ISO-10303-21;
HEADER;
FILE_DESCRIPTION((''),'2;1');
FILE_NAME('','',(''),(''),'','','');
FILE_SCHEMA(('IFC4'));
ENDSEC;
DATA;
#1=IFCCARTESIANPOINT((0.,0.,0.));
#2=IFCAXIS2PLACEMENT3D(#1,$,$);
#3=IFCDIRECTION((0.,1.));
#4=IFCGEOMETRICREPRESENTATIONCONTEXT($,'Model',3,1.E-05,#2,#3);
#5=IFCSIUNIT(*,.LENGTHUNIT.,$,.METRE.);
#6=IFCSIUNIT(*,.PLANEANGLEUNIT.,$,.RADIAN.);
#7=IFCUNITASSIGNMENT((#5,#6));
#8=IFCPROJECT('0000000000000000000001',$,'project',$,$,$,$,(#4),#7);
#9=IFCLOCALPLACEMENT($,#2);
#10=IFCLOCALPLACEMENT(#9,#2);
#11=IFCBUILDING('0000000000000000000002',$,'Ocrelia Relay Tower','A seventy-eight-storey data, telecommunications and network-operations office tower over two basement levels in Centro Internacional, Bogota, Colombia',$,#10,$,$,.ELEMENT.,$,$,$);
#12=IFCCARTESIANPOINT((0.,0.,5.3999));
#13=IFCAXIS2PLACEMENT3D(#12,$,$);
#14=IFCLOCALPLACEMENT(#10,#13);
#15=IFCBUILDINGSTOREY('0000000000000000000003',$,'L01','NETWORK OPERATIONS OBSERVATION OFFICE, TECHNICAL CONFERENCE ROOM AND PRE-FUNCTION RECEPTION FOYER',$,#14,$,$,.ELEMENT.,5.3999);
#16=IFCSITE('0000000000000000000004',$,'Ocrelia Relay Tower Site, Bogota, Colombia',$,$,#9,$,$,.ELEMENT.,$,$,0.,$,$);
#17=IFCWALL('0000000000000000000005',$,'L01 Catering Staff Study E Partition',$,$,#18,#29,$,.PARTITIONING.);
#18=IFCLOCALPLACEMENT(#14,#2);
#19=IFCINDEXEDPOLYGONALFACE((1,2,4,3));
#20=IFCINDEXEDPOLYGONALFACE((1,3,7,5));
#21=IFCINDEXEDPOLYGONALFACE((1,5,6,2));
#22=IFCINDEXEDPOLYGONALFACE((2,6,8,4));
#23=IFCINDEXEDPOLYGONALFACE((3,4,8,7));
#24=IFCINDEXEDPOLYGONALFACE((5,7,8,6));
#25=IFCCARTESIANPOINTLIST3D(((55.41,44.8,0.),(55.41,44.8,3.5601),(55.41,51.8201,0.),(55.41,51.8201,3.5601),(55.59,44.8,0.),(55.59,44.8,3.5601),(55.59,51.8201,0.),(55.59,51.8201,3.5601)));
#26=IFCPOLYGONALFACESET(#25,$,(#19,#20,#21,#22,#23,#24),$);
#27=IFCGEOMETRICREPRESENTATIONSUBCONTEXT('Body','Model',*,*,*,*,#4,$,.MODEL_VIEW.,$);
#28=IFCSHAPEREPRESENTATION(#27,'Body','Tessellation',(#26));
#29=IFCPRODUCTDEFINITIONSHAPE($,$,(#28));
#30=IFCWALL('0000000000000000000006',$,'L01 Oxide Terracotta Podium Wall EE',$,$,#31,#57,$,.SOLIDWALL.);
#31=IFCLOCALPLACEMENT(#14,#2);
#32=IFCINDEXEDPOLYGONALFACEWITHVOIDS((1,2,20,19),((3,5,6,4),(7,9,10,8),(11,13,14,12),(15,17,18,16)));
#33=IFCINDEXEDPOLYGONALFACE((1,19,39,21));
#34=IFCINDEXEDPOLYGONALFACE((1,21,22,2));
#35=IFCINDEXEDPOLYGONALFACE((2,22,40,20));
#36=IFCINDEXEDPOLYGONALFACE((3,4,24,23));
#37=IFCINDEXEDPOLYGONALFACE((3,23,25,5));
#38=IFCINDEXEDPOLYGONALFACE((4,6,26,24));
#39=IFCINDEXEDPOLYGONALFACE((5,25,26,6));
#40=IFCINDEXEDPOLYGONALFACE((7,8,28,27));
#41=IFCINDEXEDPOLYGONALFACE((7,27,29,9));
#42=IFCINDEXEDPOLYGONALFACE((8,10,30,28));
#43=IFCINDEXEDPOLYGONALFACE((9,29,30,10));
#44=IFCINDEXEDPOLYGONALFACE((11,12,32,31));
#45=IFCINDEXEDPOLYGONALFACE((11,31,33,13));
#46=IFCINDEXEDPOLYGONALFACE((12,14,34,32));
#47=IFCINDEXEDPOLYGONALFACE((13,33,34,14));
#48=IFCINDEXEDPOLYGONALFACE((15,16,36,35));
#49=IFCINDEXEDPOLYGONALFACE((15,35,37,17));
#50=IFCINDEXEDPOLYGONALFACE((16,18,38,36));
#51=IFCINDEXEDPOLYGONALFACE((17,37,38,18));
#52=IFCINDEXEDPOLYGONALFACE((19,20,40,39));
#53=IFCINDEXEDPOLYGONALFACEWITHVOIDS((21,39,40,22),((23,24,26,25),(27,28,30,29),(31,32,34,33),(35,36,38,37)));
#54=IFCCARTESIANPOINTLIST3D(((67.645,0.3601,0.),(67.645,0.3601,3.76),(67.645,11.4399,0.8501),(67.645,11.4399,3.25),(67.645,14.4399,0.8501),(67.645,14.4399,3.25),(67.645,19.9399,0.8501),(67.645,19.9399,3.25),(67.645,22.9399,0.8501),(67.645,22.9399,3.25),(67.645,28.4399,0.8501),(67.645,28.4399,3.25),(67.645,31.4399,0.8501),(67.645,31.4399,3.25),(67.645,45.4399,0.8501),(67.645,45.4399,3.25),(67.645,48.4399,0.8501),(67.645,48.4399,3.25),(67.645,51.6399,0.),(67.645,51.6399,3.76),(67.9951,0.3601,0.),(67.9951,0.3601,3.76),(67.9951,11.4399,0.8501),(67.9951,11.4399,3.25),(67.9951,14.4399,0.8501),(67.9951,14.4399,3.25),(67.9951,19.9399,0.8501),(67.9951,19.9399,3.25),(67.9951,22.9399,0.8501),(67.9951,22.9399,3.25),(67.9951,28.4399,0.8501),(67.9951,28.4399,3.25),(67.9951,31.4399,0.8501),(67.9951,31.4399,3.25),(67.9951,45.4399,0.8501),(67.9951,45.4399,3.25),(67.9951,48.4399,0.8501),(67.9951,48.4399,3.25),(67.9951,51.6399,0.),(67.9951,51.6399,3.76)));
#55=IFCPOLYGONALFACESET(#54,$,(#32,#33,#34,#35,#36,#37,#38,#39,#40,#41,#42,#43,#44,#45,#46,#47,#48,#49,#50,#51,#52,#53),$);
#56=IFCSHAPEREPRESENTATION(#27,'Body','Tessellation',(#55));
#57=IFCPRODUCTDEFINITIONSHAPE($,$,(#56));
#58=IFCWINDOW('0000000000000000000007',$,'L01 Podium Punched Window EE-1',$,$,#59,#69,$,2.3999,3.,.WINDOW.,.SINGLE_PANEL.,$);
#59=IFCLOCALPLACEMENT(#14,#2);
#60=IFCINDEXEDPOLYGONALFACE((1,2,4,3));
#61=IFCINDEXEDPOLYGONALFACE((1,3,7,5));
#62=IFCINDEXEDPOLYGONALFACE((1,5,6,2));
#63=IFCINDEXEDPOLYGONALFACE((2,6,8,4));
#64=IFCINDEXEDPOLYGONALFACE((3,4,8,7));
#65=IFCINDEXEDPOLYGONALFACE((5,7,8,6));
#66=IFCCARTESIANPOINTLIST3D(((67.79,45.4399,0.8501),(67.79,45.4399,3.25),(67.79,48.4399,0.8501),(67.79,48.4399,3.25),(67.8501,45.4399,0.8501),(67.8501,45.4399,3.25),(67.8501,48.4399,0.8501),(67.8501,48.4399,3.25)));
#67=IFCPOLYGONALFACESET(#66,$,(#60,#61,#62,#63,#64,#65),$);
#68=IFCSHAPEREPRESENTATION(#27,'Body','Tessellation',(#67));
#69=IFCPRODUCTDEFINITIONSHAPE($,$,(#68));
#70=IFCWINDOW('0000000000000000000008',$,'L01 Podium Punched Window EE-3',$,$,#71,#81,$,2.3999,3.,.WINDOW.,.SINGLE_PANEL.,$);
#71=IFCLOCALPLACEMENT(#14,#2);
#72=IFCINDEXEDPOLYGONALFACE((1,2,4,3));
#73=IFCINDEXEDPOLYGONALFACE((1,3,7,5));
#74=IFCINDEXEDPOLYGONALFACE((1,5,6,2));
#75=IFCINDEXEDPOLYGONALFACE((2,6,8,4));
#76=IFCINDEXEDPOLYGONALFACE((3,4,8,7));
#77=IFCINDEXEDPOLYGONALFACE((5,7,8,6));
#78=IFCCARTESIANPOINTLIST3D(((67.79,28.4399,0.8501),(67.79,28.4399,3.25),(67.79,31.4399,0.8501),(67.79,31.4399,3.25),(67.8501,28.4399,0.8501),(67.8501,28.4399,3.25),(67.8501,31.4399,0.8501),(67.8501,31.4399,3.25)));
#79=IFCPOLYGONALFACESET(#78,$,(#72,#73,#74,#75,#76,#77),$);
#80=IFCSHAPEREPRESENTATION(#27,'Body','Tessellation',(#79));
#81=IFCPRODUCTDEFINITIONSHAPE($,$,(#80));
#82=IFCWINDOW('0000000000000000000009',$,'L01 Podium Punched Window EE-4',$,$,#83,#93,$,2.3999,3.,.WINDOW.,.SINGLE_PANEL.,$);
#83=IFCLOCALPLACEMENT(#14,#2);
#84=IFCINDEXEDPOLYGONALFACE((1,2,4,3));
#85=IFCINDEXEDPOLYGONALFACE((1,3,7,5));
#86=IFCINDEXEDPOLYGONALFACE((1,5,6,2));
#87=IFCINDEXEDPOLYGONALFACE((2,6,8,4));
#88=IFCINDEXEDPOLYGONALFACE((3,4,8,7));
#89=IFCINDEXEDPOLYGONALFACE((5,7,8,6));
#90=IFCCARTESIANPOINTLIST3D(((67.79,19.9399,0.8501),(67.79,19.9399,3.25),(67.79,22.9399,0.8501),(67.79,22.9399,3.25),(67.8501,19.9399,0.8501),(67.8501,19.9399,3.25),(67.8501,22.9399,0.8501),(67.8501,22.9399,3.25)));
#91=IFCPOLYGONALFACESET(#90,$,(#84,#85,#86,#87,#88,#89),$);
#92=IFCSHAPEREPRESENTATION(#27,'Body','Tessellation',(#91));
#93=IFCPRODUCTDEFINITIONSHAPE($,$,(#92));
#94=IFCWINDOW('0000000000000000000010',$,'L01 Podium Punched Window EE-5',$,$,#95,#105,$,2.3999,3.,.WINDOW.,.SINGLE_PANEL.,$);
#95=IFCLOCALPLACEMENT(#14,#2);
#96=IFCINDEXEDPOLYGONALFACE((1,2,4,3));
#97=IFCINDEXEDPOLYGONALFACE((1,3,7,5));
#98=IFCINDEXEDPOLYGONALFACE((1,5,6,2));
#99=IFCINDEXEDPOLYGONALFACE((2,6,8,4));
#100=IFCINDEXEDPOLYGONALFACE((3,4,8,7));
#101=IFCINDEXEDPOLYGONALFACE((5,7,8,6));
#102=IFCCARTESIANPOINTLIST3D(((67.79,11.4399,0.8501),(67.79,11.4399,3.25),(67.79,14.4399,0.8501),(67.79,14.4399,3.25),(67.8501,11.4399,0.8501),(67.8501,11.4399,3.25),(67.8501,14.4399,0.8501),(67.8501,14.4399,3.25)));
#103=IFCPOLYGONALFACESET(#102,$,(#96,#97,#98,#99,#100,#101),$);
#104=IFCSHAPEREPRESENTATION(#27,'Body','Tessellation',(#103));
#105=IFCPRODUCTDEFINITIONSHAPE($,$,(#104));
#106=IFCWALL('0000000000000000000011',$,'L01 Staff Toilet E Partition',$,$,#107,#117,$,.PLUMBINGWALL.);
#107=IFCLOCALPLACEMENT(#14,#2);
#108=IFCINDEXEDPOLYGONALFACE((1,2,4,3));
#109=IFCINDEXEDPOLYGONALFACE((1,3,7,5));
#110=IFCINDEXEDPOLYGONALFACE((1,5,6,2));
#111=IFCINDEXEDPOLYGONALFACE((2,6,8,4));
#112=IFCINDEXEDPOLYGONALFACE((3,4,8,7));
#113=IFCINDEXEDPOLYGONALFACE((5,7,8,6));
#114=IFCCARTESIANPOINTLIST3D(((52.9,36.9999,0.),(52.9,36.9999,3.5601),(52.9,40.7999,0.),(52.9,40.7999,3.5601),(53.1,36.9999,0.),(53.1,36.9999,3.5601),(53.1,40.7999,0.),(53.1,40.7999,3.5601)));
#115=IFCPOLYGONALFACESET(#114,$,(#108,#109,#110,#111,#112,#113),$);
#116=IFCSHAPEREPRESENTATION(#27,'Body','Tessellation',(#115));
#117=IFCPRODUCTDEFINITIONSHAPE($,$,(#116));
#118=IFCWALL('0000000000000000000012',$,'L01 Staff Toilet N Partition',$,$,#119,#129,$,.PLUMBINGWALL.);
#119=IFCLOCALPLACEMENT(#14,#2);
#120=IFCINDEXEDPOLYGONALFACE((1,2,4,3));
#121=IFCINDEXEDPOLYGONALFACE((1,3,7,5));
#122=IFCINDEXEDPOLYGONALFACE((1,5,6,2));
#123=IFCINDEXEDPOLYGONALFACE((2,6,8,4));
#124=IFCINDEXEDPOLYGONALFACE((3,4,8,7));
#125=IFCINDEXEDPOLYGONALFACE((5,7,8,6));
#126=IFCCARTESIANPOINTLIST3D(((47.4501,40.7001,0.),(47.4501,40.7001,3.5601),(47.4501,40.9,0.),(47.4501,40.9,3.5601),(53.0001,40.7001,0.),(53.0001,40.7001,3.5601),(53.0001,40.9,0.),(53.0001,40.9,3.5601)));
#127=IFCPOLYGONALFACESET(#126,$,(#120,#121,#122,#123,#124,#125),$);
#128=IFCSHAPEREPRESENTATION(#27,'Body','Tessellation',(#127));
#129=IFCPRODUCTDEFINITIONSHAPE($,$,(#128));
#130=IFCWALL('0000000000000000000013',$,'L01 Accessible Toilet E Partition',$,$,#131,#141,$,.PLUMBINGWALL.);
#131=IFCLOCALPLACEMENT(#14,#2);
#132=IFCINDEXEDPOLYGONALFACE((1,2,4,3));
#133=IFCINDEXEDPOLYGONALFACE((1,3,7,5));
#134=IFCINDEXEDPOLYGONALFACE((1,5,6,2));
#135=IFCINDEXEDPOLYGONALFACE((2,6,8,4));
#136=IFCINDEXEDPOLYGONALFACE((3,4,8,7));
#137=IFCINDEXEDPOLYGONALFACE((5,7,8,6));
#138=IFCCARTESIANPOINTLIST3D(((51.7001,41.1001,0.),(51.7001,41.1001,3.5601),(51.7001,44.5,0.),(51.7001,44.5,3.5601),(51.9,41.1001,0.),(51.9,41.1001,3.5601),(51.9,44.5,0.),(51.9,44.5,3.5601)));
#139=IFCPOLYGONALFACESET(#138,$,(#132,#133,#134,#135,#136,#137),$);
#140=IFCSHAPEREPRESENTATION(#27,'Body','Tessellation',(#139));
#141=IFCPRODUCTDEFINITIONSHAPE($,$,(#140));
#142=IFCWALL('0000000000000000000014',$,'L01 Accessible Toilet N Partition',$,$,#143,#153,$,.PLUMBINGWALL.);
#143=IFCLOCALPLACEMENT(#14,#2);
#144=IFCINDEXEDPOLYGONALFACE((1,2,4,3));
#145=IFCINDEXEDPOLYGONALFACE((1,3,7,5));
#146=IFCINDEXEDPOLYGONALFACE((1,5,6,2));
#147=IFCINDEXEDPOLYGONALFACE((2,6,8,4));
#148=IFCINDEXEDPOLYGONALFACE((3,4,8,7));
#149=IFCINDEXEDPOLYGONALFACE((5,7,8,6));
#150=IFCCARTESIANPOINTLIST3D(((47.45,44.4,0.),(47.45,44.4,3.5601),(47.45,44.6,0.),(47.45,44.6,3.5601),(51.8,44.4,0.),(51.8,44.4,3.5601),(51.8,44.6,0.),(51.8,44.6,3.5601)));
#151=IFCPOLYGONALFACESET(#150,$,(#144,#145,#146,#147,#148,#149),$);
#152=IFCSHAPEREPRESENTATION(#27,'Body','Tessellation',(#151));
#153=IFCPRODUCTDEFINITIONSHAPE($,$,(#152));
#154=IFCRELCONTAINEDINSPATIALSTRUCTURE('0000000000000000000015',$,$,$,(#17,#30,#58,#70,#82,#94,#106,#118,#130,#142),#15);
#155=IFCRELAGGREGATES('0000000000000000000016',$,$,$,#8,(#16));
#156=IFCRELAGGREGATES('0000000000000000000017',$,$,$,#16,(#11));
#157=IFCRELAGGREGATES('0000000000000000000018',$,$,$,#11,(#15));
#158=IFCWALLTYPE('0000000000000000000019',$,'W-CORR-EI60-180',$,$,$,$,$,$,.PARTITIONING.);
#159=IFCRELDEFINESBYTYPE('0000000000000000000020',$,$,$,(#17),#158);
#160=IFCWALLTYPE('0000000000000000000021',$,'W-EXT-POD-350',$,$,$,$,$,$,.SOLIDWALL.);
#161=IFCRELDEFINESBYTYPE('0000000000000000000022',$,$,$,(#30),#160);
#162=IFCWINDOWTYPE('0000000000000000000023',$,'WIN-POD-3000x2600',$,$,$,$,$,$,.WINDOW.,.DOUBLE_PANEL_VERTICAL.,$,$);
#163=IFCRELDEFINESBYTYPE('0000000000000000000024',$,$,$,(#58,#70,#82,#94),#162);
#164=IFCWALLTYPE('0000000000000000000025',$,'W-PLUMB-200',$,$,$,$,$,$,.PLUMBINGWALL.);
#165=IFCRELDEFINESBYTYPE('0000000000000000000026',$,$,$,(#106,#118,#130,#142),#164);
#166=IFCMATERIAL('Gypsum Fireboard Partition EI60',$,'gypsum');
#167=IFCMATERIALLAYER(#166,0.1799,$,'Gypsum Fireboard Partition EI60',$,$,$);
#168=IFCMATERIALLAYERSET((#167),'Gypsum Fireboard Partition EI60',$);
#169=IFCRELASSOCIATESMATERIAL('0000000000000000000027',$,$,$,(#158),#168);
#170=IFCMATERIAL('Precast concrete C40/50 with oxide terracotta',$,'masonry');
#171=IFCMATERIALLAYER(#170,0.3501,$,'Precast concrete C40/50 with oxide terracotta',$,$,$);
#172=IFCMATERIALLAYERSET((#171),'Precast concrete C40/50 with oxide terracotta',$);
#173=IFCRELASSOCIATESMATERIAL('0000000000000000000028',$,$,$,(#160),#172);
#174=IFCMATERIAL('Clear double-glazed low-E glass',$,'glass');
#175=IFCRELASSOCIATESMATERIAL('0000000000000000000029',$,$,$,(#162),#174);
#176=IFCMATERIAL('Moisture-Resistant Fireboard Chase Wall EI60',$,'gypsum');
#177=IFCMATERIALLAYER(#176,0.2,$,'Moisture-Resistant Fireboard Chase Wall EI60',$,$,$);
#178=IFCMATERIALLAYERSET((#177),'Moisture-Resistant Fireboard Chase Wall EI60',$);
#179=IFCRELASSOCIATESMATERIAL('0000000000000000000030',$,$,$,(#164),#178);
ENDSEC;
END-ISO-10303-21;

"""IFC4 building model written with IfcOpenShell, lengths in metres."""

from ifc_helpers import new_model, si_unit, direction, frame, frame_2d, origin, place, context, subcontext, project, spatial, rectangle, extrude, material, layer, layer_set, type_object, element, fill, save


model = new_model("IFC4")

# Units and contexts
model_context = context("Model", 3, precision=1e-05, world=origin(), true_north=direction((0.0, 1.0)))
body_context = subcontext(model_context, "Body", "Model", "MODEL_VIEW")
ifc_project = project(units=[si_unit("LENGTHUNIT", "METRE"), si_unit("PLANEANGLEUNIT", "RADIAN")], contexts=[model_context])

# Site, building, storey
site_placement = place(None, origin())
site = spatial("IfcSite", under=ifc_project, at=site_placement, Name="Ocrelia Relay Tower Site, Bogota, Colombia", CompositionType="ELEMENT", RefElevation=0.0)
building_placement = place(site_placement, origin())
building = spatial("IfcBuilding", under=site, at=building_placement, Name="Ocrelia Relay Tower", Description="A seventy-eight-storey data, telecommunications and network-operations office tower over two basement levels in Centro Internacional, Bogota, Colombia", CompositionType="ELEMENT")
storey_placement = place(building_placement, frame((0.0, 0.0, 5.3999)))
storey = spatial("IfcBuildingStorey", under=building, at=storey_placement, Name="L01", Description="NETWORK OPERATIONS OBSERVATION OFFICE, TECHNICAL CONFERENCE ROOM AND PRE-FUNCTION RECEPTION FOYER", CompositionType="ELEMENT", Elevation=5.3999)

# Shared definitions
ifc_material_1 = material(Name="Gypsum Fireboard Partition EI60", Category="gypsum")
ifc_layer_1 = layer(ifc_material_1, 0.1799, Name="Gypsum Fireboard Partition EI60")
ifc_layer_set_1 = layer_set([ifc_layer_1], Name="Gypsum Fireboard Partition EI60")
wall_type_1 = type_object("IfcWallType", Name="W-CORR-EI60-180", PredefinedType="PARTITIONING", material=ifc_layer_set_1)

# Wall
wall_1_placement = place(storey_placement, frame((55.5, 44.8, 0.0), z_axis=(0.0, 0.0, 1.0), x_axis=(0.0, 1.0, 0.0)))
element("IfcWall", 1, at=wall_1_placement, inside=storey, type_object=wall_type_1, Name="L01 Catering Staff Study E Partition", PredefinedType="PARTITIONING", context=body_context, shape_type="SweptSolid", body=[
    extrude(rectangle(XDim=7.02, YDim=0.1799, at=frame_2d((3.51, 0.0))), origin(), (0.0, 0.0, 1.0), 3.5601),
])

# Wall, openings, windows
ifc_material_2 = material(Name="Precast concrete C40/50 with oxide terracotta", Category="masonry")
ifc_layer_2 = layer(ifc_material_2, 0.3501, Name="Precast concrete C40/50 with oxide terracotta")
ifc_layer_set_2 = layer_set([ifc_layer_2], Name="Precast concrete C40/50 with oxide terracotta")
wall_type_2 = type_object("IfcWallType", Name="W-EXT-POD-350", PredefinedType="SOLIDWALL", material=ifc_layer_set_2)
wall_2_placement = place(storey_placement, frame((67.8201, 51.6399, 0.0), z_axis=(0.0, 0.0, 1.0), x_axis=(0.0, -1.0, 0.0)))
wall_2 = element("IfcWall", 2, at=wall_2_placement, inside=storey, type_object=wall_type_2, Name="L01 Oxide Terracotta Podium Wall EE", PredefinedType="SOLIDWALL", context=body_context, shape_type="SweptSolid", body=[
    extrude(rectangle(XDim=51.2798, YDim=0.3501, at=frame_2d((25.6399, 0.0))), origin(), (0.0, 0.0, 1.0), 3.76),
])
opening_1_placement = place(wall_2_placement, frame((3.2, 0.0, 0.8501)))
opening_1 = element("IfcOpeningElement", 3, at=opening_1_placement, cuts=wall_2, PredefinedType="OPENING", context=body_context, shape_type="SweptSolid", body=[
    extrude(rectangle(XDim=3.0, YDim=2.3999, at=frame_2d((1.5, 1.2))), frame((0.0, 0.1851, 0.0), z_axis=(0.0, -1.0, 0.0), x_axis=(1.0, 0.0, 0.0)), (0.0, 0.0, 1.0), 0.3701),
])
opening_2_placement = place(wall_2_placement, frame((20.2, 0.0, 0.8501)))
opening_2 = element("IfcOpeningElement", 4, at=opening_2_placement, cuts=wall_2, PredefinedType="OPENING", context=body_context, shape_type="SweptSolid", body=[
    extrude(rectangle(XDim=3.0, YDim=2.3999, at=frame_2d((1.5, 1.2))), frame((0.0, 0.1851, 0.0), z_axis=(0.0, -1.0, 0.0), x_axis=(1.0, 0.0, 0.0)), (0.0, 0.0, 1.0), 0.3701),
])
opening_3_placement = place(wall_2_placement, frame((28.7, 0.0, 0.8501)))
opening_3 = element("IfcOpeningElement", 5, at=opening_3_placement, cuts=wall_2, PredefinedType="OPENING", context=body_context, shape_type="SweptSolid", body=[
    extrude(rectangle(XDim=3.0, YDim=2.3999, at=frame_2d((1.5, 1.2))), frame((0.0, 0.1851, 0.0), z_axis=(0.0, -1.0, 0.0), x_axis=(1.0, 0.0, 0.0)), (0.0, 0.0, 1.0), 0.3701),
])
opening_4_placement = place(wall_2_placement, frame((37.2, 0.0, 0.8501)))
opening_4 = element("IfcOpeningElement", 6, at=opening_4_placement, cuts=wall_2, PredefinedType="OPENING", context=body_context, shape_type="SweptSolid", body=[
    extrude(rectangle(XDim=3.0, YDim=2.3999, at=frame_2d((1.5, 1.2))), frame((0.0, 0.1851, 0.0), z_axis=(0.0, -1.0, 0.0), x_axis=(1.0, 0.0, 0.0)), (0.0, 0.0, 1.0), 0.3701),
])
ifc_material_3 = material(Name="Clear double-glazed low-E glass", Category="glass")
window_type = type_object("IfcWindowType", Name="WIN-POD-3000x2600", PartitioningType="DOUBLE_PANEL_VERTICAL", PredefinedType="WINDOW", material=ifc_material_3)
window_1_placement = place(opening_1_placement, origin())
window_1 = element("IfcWindow", 7, at=window_1_placement, inside=storey, type_object=window_type, Name="L01 Podium Punched Window EE-1", OverallHeight=2.3999, OverallWidth=3.0, PartitioningType="SINGLE_PANEL", PredefinedType="WINDOW", context=body_context, shape_type="SweptSolid", body=[
    extrude(rectangle(XDim=3.0, YDim=2.3999, at=frame_2d((1.5, 1.2))), frame((0.0, 0.03, 0.0), z_axis=(0.0, -1.0, 0.0), x_axis=(1.0, 0.0, 0.0)), (0.0, 0.0, 1.0), 0.0601),
])
fill(opening_1, window_1)
window_2_placement = place(opening_2_placement, origin())
window_2 = element("IfcWindow", 8, at=window_2_placement, inside=storey, type_object=window_type, Name="L01 Podium Punched Window EE-3", OverallHeight=2.3999, OverallWidth=3.0, PartitioningType="SINGLE_PANEL", PredefinedType="WINDOW", context=body_context, shape_type="SweptSolid", body=[
    extrude(rectangle(XDim=3.0, YDim=2.3999, at=frame_2d((1.5, 1.2))), frame((0.0, 0.03, 0.0), z_axis=(0.0, -1.0, 0.0), x_axis=(1.0, 0.0, 0.0)), (0.0, 0.0, 1.0), 0.0601),
])
fill(opening_2, window_2)
window_3_placement = place(opening_3_placement, origin())
window_3 = element("IfcWindow", 9, at=window_3_placement, inside=storey, type_object=window_type, Name="L01 Podium Punched Window EE-4", OverallHeight=2.3999, OverallWidth=3.0, PartitioningType="SINGLE_PANEL", PredefinedType="WINDOW", context=body_context, shape_type="SweptSolid", body=[
    extrude(rectangle(XDim=3.0, YDim=2.3999, at=frame_2d((1.5, 1.2))), frame((0.0, 0.03, 0.0), z_axis=(0.0, -1.0, 0.0), x_axis=(1.0, 0.0, 0.0)), (0.0, 0.0, 1.0), 0.0601),
])
fill(opening_3, window_3)
window_4_placement = place(opening_4_placement, origin())
window_4 = element("IfcWindow", 10, at=window_4_placement, inside=storey, type_object=window_type, Name="L01 Podium Punched Window EE-5", OverallHeight=2.3999, OverallWidth=3.0, PartitioningType="SINGLE_PANEL", PredefinedType="WINDOW", context=body_context, shape_type="SweptSolid", body=[
    extrude(rectangle(XDim=3.0, YDim=2.3999, at=frame_2d((1.5, 1.2))), frame((0.0, 0.03, 0.0), z_axis=(0.0, -1.0, 0.0), x_axis=(1.0, 0.0, 0.0)), (0.0, 0.0, 1.0), 0.0601),
])
fill(opening_4, window_4)

# Walls
ifc_material_4 = material(Name="Moisture-Resistant Fireboard Chase Wall EI60", Category="gypsum")
ifc_layer_3 = layer(ifc_material_4, 0.2, Name="Moisture-Resistant Fireboard Chase Wall EI60")
ifc_layer_set_3 = layer_set([ifc_layer_3], Name="Moisture-Resistant Fireboard Chase Wall EI60")
wall_type_3 = type_object("IfcWallType", Name="W-PLUMB-200", PredefinedType="PLUMBINGWALL", material=ifc_layer_set_3)
wall_3_placement = place(storey_placement, frame((53.0, 37.0, 0.0), z_axis=(0.0, 0.0, 1.0), x_axis=(0.0, 1.0, 0.0)))
element("IfcWall", 11, at=wall_3_placement, inside=storey, type_object=wall_type_3, Name="L01 Staff Toilet E Partition", PredefinedType="PLUMBINGWALL", context=body_context, shape_type="SweptSolid", body=[
    extrude(rectangle(XDim=3.8, YDim=0.2, at=frame_2d((1.8999, 0.0))), origin(), (0.0, 0.0, 1.0), 3.5601),
])
wall_4_placement = place(storey_placement, frame((53.0, 40.8, 0.0), z_axis=(0.0, 0.0, 1.0), x_axis=(-1.0, 0.0, 0.0)))
element("IfcWall", 12, at=wall_4_placement, inside=storey, type_object=wall_type_3, Name="L01 Staff Toilet N Partition", PredefinedType="PLUMBINGWALL", context=body_context, shape_type="SweptSolid", body=[
    extrude(rectangle(XDim=5.55, YDim=0.2, at=frame_2d((2.7749, 0.0))), origin(), (0.0, 0.0, 1.0), 3.5601),
])
wall_5_placement = place(storey_placement, frame((51.8, 41.1001, 0.0), z_axis=(0.0, 0.0, 1.0), x_axis=(0.0, 1.0, 0.0)))
element("IfcWall", 13, at=wall_5_placement, inside=storey, type_object=wall_type_3, Name="L01 Accessible Toilet E Partition", PredefinedType="PLUMBINGWALL", context=body_context, shape_type="SweptSolid", body=[
    extrude(rectangle(XDim=3.3999, YDim=0.2, at=frame_2d((1.7, 0.0))), origin(), (0.0, 0.0, 1.0), 3.5601),
])
wall_6_placement = place(storey_placement, frame((51.8, 44.5, 0.0), z_axis=(0.0, 0.0, 1.0), x_axis=(-1.0, 0.0, 0.0)))
element("IfcWall", 14, at=wall_6_placement, inside=storey, type_object=wall_type_3, Name="L01 Accessible Toilet N Partition", PredefinedType="PLUMBINGWALL", context=body_context, shape_type="SweptSolid", body=[
    extrude(rectangle(XDim=4.3501, YDim=0.2, at=frame_2d((2.175, 0.0))), origin(), (0.0, 0.0, 1.0), 3.5601),
])

save(model, "model.ifc")
